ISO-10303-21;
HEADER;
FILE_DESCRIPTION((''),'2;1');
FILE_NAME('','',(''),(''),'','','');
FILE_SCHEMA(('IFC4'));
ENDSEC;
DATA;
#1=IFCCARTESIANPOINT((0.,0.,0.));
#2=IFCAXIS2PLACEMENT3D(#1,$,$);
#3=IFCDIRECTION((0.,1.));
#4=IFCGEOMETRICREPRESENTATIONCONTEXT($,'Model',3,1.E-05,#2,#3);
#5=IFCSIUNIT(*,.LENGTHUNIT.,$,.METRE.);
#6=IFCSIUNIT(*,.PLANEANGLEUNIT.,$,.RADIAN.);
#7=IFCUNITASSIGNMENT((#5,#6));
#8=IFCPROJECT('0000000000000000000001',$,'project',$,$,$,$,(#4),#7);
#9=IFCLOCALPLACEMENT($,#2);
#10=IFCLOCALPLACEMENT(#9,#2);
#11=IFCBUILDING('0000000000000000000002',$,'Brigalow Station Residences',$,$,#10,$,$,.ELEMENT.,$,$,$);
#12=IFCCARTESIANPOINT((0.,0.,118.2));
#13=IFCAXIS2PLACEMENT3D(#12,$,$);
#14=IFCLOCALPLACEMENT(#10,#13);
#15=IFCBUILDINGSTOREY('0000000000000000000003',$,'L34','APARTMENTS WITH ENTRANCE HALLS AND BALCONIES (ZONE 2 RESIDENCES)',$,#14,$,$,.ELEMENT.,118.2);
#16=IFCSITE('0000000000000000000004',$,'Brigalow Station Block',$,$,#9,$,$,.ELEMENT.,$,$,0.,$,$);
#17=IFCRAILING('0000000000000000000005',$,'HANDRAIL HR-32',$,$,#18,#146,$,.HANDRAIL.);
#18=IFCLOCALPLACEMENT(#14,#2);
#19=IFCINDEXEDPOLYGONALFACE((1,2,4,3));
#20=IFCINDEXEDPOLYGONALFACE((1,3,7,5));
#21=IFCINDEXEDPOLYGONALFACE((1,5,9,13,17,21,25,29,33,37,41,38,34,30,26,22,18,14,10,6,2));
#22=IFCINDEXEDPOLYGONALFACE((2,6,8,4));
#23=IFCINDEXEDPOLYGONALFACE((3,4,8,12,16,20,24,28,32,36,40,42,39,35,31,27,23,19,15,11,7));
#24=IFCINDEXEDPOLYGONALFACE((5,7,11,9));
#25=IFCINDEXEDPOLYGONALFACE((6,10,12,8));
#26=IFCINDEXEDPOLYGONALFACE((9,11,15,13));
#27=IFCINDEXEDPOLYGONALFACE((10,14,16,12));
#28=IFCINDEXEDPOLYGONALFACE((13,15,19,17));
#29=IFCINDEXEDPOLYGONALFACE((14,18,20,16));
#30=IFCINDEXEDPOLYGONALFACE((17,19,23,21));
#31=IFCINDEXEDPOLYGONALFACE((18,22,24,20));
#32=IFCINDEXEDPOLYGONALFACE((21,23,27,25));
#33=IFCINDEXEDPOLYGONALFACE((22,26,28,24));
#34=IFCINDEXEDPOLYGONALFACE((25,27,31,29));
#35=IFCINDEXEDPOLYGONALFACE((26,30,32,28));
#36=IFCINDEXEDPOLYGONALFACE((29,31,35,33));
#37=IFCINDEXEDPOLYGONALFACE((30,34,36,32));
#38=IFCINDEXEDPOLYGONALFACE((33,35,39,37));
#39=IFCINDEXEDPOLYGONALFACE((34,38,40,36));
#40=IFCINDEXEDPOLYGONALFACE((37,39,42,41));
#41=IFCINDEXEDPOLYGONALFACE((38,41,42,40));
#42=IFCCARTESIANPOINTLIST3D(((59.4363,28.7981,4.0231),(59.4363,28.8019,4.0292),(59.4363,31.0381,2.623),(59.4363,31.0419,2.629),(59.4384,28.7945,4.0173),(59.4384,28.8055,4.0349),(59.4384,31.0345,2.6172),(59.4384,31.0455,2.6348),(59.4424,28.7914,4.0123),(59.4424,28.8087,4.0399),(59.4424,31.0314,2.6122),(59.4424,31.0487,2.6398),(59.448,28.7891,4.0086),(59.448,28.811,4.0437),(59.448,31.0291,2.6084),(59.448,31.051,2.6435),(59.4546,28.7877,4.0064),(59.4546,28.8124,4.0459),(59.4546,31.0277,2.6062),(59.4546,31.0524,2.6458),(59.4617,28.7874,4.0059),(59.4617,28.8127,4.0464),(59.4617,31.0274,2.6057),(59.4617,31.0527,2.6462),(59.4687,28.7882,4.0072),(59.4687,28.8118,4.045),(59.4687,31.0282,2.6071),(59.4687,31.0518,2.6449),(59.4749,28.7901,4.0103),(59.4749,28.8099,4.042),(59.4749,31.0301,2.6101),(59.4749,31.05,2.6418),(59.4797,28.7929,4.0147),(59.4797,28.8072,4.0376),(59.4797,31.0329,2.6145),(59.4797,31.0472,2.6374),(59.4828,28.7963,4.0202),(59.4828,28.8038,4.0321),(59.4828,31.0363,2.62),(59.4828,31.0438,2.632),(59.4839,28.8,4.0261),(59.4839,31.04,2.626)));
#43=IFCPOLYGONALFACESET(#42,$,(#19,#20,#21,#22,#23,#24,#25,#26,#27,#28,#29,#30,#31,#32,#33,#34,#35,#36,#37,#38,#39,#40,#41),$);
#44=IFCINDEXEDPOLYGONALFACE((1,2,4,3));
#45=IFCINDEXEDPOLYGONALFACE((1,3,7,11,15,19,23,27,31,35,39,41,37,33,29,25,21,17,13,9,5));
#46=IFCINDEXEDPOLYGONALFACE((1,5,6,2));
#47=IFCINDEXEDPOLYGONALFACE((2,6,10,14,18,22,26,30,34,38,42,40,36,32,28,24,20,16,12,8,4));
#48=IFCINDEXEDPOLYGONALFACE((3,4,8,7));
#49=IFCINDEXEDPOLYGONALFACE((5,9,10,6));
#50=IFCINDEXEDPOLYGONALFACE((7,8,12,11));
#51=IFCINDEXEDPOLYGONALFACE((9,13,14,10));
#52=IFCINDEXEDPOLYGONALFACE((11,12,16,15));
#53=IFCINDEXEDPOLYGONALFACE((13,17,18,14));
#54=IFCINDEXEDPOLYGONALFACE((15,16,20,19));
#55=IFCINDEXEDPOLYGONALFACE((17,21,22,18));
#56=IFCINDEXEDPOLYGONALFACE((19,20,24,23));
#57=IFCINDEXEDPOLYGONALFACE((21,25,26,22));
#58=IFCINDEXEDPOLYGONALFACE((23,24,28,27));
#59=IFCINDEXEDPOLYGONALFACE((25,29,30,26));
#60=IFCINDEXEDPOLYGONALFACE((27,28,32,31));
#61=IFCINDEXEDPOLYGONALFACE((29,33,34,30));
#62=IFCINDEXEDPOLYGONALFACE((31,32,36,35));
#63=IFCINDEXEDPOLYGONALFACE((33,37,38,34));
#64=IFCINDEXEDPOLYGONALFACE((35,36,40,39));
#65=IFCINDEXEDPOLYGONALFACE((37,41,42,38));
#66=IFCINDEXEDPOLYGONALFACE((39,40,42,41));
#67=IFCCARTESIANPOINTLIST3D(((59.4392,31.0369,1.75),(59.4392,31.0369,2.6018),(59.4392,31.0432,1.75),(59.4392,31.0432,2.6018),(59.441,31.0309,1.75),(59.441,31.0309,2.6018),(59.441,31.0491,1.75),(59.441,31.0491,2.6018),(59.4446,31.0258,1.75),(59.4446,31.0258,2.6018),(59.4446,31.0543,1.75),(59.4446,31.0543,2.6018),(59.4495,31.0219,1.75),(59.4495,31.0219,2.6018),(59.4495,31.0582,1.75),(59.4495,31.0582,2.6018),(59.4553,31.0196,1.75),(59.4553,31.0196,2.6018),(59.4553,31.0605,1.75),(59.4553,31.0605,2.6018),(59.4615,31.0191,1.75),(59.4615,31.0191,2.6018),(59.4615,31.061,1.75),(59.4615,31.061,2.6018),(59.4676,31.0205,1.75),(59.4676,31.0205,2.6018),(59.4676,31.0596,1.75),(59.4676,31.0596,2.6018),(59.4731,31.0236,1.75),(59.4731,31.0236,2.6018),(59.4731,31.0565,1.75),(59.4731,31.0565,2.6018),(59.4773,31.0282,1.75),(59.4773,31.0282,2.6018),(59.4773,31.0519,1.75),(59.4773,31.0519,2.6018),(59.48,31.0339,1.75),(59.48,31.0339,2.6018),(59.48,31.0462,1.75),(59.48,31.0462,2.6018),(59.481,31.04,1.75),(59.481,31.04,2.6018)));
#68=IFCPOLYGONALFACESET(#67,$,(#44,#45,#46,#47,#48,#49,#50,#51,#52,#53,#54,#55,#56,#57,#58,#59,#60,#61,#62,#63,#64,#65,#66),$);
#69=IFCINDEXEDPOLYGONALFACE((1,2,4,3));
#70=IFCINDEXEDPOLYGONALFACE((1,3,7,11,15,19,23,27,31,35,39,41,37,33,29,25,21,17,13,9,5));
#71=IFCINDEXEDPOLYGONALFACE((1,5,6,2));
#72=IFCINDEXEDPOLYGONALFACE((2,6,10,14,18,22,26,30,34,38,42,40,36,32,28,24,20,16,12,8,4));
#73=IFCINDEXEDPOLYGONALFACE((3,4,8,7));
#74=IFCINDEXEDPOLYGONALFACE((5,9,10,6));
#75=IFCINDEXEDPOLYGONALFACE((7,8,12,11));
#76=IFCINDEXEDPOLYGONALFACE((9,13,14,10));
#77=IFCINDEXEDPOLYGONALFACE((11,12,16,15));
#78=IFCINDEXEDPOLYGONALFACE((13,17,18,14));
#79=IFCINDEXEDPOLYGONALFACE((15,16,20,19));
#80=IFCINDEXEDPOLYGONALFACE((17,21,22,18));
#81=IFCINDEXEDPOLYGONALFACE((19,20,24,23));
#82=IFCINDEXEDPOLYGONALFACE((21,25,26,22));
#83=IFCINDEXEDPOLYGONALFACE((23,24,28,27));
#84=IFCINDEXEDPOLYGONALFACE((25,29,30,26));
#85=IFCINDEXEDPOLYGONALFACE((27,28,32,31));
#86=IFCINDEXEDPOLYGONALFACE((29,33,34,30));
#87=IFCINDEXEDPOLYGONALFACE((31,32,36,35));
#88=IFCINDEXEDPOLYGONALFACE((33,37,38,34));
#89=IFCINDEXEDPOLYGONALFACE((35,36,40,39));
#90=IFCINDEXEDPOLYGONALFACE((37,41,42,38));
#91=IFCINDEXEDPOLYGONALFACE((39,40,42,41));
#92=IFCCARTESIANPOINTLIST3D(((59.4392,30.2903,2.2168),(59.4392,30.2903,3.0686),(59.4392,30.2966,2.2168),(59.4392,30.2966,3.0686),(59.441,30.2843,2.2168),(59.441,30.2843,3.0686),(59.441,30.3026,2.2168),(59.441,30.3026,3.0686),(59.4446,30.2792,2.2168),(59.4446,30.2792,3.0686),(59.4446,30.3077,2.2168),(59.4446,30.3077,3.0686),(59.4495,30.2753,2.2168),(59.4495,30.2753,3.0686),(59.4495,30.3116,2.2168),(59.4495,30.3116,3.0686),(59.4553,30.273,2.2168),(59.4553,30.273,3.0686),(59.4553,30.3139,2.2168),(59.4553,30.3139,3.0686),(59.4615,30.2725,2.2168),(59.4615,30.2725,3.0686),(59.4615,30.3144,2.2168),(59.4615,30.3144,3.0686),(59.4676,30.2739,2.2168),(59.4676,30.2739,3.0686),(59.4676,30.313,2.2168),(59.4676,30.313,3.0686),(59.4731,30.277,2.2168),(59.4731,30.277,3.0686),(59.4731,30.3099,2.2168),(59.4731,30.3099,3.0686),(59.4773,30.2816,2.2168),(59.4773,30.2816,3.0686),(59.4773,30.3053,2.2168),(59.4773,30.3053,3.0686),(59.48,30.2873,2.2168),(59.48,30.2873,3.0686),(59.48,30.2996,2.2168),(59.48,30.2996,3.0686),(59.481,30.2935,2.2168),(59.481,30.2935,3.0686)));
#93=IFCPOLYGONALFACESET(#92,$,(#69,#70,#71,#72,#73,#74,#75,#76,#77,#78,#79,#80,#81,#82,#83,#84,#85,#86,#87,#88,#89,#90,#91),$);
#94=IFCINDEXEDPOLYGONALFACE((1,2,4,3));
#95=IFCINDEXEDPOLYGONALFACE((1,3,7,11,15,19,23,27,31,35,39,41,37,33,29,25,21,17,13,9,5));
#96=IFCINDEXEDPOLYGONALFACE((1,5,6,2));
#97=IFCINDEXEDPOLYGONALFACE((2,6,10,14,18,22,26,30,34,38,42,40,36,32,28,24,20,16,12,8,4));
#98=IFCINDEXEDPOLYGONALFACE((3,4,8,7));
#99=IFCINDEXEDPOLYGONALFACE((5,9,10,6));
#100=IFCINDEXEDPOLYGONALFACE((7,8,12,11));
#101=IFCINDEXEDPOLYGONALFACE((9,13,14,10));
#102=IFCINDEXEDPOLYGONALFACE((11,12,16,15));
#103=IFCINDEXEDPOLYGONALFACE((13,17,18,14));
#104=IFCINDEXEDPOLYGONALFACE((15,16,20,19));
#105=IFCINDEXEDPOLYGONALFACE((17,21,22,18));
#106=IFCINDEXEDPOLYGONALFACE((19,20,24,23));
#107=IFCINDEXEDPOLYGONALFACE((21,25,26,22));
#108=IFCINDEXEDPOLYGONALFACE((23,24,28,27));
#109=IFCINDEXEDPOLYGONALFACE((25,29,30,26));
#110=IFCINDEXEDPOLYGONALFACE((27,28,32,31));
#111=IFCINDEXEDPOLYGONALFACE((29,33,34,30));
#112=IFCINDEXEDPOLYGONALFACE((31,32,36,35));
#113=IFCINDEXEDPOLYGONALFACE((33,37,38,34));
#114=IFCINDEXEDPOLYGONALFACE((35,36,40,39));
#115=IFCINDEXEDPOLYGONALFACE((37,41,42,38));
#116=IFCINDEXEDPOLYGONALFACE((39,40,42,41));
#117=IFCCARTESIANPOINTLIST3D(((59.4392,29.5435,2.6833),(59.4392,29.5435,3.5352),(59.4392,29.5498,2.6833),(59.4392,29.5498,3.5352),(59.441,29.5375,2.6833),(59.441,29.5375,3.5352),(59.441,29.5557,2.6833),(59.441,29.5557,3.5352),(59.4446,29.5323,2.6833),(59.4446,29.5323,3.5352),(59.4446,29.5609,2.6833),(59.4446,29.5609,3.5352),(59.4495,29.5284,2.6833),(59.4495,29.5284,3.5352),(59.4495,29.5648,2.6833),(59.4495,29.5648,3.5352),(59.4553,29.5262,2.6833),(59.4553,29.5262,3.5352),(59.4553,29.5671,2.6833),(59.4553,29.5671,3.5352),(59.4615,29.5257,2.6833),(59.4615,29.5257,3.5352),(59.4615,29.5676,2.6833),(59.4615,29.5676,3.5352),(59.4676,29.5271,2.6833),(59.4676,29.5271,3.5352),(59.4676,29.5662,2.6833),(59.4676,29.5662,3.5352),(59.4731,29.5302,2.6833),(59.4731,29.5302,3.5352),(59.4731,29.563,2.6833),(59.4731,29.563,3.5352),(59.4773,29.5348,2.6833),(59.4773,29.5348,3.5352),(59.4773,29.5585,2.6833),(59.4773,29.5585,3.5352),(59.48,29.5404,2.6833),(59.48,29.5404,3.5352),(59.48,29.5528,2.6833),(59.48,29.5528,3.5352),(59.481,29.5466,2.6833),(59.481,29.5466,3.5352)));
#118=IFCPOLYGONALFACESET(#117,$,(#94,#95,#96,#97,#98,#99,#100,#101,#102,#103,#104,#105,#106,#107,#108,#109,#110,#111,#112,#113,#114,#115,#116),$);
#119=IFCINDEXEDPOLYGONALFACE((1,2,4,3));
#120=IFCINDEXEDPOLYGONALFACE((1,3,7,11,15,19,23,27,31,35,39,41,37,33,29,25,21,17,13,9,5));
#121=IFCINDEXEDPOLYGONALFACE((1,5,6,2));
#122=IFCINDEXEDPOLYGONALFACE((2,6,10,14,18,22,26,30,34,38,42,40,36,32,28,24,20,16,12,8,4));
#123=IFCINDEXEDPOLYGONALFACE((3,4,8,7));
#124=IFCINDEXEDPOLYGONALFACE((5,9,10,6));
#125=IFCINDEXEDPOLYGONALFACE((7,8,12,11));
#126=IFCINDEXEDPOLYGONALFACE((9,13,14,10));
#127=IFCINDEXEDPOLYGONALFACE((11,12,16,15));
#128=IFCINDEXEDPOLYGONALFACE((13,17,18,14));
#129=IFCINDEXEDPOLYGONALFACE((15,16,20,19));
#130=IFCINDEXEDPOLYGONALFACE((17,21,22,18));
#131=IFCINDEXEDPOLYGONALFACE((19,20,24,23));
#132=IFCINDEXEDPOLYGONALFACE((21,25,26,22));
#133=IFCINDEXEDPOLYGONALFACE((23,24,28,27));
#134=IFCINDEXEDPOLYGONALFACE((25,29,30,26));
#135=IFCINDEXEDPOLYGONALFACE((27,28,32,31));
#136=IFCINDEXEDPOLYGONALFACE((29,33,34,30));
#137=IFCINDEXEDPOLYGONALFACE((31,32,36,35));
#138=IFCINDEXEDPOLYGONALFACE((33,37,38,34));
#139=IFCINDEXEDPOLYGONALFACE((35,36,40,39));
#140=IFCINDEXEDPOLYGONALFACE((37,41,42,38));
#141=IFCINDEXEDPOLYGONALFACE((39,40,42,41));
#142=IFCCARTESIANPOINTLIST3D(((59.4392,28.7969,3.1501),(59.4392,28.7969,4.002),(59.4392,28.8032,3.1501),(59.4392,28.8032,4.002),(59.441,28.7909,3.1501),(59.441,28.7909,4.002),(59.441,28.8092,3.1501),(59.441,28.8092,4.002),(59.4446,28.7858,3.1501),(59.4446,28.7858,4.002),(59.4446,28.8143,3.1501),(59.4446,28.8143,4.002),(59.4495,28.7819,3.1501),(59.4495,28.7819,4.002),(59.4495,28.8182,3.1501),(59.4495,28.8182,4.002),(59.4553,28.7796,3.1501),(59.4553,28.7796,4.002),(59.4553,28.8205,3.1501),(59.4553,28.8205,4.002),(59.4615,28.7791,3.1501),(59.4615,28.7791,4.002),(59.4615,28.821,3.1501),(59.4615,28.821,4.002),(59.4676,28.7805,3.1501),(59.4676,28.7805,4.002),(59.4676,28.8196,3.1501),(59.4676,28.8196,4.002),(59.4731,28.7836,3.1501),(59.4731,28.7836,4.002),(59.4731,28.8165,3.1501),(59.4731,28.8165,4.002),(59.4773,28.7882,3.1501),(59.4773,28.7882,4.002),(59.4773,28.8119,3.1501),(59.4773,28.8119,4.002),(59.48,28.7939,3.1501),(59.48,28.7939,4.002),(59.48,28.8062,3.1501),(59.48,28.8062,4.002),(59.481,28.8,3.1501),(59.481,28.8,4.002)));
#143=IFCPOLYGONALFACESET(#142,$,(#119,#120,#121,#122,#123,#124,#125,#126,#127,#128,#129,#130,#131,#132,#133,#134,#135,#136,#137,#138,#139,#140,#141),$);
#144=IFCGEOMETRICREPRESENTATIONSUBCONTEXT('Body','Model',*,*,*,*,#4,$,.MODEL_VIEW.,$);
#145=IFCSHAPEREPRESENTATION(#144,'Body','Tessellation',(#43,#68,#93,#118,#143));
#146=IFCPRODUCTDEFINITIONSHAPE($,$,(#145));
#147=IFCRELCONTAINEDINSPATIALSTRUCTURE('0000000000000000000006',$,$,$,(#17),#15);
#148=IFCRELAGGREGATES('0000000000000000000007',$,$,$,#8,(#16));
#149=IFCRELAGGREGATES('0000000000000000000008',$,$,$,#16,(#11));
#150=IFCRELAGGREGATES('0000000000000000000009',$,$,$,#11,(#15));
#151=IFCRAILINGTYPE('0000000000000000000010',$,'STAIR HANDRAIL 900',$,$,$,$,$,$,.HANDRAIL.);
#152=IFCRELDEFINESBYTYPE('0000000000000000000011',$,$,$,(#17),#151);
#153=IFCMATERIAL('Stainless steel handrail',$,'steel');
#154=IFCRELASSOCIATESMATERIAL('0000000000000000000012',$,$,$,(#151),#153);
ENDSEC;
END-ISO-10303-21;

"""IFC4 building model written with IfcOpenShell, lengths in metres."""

from ifc_helpers import new_model, si_unit, direction, frame, origin, origin_2d, place, context, subcontext, project, spatial, circle, extrude, material, type_object, element, save


model = new_model("IFC4")

# Units and contexts
model_context = context("Model", 3, precision=1e-05, world=origin(), true_north=direction((0.0, 1.0)))
body_context = subcontext(model_context, "Body", "Model", "MODEL_VIEW")
ifc_project = project(units=[si_unit("LENGTHUNIT", "METRE"), si_unit("PLANEANGLEUNIT", "RADIAN")], contexts=[model_context])

# Site, building, storey
site_placement = place(None, origin())
site = spatial("IfcSite", under=ifc_project, at=site_placement, Name="Brigalow Station Block", CompositionType="ELEMENT", RefElevation=0.0)
building_placement = place(site_placement, origin())
building = spatial("IfcBuilding", under=site, at=building_placement, Name="Brigalow Station Residences", CompositionType="ELEMENT")
storey_placement = place(building_placement, frame((0.0, 0.0, 118.2)))
storey = spatial("IfcBuildingStorey", under=building, at=storey_placement, Name="L34", Description="APARTMENTS WITH ENTRANCE HALLS AND BALCONIES (ZONE 2 RESIDENCES)", CompositionType="ELEMENT", Elevation=118.2)

# Railing
ifc_material_1 = material(Name="Stainless steel handrail", Category="steel")
railing_type = type_object("IfcRailingType", Name="STAIR HANDRAIL 900", PredefinedType="HANDRAIL", material=ifc_material_1)
railing_placement = place(storey_placement, frame((59.46, 31.04, 1.75)))
element("IfcRailing", 1, at=railing_placement, inside=storey, type_object=railing_type, Name="HANDRAIL HR-32", PredefinedType="HANDRAIL", context=body_context, shape_type="SweptSolid", body=[
    extrude(circle(Radius=0.0239, at=origin_2d()), frame((0.0, 0.0, 0.876), z_axis=(0.0, -0.847972, 0.53004), x_axis=(1.0, 0.0, 0.0)), (0.0, 0.0, 1.0), 2.6416),
    extrude(circle(Radius=0.021, at=origin_2d()), origin(), (0.0, 0.0, 1.0), 0.8518),
    extrude(circle(Radius=0.021, at=origin_2d()), frame((0.0, -0.7466, 0.4668)), (0.0, 0.0, 1.0), 0.8518),
    extrude(circle(Radius=0.021, at=origin_2d()), frame((0.0, -1.4934, 0.9333)), (0.0, 0.0, 1.0), 0.8518),
    extrude(circle(Radius=0.021, at=origin_2d()), frame((0.0, -2.24, 1.4001)), (0.0, 0.0, 1.0), 0.8518),
])

save(model, "model.ifc")
